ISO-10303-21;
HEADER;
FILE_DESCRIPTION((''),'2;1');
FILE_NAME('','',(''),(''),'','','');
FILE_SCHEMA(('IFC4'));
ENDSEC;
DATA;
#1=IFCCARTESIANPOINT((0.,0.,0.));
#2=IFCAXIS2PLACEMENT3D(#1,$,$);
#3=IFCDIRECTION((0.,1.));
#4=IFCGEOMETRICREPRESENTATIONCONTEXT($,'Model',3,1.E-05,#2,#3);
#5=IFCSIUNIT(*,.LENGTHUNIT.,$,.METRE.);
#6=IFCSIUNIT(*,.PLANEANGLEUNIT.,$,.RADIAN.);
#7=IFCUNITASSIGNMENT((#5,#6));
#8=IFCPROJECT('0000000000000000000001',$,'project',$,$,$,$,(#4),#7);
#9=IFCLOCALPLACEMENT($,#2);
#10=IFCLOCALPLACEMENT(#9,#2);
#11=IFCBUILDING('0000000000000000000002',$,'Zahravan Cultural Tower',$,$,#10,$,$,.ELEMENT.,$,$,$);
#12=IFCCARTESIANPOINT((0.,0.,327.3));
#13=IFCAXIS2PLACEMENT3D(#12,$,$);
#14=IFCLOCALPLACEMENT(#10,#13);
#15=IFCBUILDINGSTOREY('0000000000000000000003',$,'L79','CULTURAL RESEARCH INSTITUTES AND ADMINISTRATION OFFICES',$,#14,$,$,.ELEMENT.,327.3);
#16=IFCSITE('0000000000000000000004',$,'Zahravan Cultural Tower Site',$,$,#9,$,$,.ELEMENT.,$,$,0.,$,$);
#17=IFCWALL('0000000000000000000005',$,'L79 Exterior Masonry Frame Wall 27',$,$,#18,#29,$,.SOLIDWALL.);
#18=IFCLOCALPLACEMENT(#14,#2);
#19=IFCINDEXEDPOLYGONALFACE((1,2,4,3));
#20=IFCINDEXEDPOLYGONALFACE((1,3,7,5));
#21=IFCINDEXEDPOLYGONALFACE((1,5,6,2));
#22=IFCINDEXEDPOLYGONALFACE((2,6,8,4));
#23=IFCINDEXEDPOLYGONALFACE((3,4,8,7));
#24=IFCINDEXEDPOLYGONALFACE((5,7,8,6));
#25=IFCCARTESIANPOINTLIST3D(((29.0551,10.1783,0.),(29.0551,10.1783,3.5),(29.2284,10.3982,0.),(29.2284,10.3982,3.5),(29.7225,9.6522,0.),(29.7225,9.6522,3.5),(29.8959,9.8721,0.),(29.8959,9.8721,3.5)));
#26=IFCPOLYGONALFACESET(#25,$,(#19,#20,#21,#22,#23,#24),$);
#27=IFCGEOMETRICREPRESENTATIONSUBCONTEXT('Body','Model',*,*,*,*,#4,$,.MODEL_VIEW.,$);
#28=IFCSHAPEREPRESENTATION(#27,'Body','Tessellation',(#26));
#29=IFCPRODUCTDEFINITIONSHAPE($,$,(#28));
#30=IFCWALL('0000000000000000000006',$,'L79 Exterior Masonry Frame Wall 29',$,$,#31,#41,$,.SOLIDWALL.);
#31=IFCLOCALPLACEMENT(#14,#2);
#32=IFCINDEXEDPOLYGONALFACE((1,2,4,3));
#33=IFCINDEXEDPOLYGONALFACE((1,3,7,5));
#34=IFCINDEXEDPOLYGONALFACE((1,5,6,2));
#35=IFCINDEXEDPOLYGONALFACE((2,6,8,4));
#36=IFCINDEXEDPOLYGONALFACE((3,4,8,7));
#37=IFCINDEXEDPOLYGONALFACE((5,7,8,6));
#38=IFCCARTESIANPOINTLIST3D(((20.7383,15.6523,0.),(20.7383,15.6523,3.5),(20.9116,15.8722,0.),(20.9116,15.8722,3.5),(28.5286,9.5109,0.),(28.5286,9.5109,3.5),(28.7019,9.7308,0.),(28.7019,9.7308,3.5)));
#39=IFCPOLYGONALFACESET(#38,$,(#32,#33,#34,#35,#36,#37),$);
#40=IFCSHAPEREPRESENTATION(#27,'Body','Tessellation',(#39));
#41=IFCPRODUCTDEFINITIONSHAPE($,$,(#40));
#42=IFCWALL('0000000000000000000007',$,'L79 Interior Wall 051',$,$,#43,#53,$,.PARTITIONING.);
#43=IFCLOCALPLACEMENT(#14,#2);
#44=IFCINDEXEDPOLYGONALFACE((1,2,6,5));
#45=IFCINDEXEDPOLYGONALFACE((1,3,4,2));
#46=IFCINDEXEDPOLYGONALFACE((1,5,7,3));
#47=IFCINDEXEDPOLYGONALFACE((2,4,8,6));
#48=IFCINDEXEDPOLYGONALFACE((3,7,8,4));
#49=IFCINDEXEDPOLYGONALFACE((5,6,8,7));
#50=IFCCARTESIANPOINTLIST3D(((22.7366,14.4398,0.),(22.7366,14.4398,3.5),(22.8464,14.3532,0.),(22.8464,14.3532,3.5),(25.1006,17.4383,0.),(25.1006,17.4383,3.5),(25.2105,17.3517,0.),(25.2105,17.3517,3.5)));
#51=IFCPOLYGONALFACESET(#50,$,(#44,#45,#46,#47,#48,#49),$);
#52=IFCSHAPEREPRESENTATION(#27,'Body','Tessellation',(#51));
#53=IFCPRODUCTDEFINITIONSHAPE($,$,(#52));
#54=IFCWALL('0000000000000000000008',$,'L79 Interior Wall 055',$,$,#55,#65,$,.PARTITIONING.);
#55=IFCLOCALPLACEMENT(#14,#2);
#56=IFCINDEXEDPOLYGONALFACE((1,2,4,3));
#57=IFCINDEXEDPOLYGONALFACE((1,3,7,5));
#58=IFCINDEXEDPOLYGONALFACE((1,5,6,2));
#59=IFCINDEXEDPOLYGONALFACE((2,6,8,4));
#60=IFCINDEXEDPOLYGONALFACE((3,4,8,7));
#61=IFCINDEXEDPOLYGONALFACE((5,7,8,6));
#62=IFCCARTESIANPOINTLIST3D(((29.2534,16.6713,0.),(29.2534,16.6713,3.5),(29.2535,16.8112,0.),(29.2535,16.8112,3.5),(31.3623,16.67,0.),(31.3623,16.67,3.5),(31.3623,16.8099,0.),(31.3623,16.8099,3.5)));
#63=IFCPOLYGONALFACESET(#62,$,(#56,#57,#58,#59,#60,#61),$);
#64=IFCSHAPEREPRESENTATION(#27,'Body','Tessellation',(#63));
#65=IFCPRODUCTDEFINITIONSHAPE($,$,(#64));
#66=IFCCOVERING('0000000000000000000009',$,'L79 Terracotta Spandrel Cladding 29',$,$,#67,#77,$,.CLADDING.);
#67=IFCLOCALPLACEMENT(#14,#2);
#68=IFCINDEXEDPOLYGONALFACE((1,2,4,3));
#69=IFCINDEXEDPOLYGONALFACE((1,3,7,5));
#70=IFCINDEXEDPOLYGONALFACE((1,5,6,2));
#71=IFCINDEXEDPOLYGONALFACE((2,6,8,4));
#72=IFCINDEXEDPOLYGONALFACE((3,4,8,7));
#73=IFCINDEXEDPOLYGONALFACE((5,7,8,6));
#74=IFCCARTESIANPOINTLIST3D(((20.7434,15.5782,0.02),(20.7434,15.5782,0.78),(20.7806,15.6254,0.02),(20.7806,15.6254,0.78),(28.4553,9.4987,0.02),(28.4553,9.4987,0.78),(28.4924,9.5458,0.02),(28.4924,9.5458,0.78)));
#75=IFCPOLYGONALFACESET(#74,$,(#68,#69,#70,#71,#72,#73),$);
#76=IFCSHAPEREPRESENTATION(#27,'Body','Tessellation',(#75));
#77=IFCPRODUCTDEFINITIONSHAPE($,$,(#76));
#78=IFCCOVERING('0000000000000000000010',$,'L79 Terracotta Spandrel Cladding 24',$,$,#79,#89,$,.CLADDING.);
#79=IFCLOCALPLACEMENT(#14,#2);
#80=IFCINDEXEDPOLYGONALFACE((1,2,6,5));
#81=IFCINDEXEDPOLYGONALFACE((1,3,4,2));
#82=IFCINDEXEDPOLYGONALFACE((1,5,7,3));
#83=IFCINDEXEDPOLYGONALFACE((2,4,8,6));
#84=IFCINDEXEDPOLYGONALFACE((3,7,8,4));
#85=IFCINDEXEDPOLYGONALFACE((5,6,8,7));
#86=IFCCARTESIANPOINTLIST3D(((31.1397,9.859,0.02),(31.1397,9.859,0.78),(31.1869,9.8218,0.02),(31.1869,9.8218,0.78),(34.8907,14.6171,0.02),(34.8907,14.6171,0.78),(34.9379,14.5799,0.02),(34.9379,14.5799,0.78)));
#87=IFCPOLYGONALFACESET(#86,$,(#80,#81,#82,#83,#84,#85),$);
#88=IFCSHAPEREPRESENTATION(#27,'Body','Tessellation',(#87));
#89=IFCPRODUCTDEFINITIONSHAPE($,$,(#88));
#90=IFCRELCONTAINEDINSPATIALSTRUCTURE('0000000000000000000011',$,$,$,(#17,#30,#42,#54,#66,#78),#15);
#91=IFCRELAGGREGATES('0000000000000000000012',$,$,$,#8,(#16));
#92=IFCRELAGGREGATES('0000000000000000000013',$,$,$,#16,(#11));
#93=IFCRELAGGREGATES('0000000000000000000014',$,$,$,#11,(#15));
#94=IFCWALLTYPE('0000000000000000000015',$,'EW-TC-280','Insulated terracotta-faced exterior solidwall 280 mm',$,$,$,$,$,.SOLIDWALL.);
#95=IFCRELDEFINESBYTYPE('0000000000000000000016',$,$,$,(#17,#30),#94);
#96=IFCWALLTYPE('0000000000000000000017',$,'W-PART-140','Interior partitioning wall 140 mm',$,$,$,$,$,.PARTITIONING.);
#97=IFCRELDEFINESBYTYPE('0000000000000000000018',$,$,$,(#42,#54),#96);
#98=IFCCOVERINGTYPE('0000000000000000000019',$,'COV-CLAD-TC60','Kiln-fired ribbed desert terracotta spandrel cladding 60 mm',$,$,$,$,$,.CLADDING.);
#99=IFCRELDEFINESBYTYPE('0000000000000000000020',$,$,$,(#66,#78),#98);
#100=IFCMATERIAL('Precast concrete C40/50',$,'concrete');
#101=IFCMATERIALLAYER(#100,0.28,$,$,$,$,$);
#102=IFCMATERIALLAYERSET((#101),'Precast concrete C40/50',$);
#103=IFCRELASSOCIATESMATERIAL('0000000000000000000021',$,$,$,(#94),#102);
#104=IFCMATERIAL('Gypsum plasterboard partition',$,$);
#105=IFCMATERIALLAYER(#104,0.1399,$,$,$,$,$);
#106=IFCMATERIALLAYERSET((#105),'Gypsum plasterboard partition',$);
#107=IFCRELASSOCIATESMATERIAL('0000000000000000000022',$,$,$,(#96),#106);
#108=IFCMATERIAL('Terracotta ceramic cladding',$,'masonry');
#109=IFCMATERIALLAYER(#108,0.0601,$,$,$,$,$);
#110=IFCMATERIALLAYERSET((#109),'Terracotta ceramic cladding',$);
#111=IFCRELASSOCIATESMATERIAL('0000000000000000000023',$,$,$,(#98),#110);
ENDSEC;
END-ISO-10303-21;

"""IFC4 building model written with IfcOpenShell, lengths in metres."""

from ifc_helpers import new_model, si_unit, direction, frame, frame_2d, origin, origin_2d, place, context, subcontext, project, spatial, rectangle, extrude, source, transform, mapped, material, layer, layer_set, type_object, element, save


model = new_model("IFC4")

# Units and contexts
model_context = context("Model", 3, precision=1e-05, world=origin(), true_north=direction((0.0, 1.0)))
body_context = subcontext(model_context, "Body", "Model", "MODEL_VIEW")
ifc_project = project(units=[si_unit("LENGTHUNIT", "METRE"), si_unit("PLANEANGLEUNIT", "RADIAN")], contexts=[model_context])

# Site, building, storey
site_placement = place(None, origin())
site = spatial("IfcSite", under=ifc_project, at=site_placement, Name="Zahravan Cultural Tower Site", CompositionType="ELEMENT", RefElevation=0.0)
building_placement = place(site_placement, origin())
building = spatial("IfcBuilding", under=site, at=building_placement, Name="Zahravan Cultural Tower", CompositionType="ELEMENT")
storey_placement = place(building_placement, frame((0.0, 0.0, 327.3)))
storey = spatial("IfcBuildingStorey", under=building, at=storey_placement, Name="L79", Description="CULTURAL RESEARCH INSTITUTES AND ADMINISTRATION OFFICES", CompositionType="ELEMENT", Elevation=327.3)

# Shared definitions
ifc_material_1 = material(Name="Precast concrete C40/50", Category="concrete")
ifc_layer_1 = layer(ifc_material_1, 0.28)
ifc_layer_set_1 = layer_set([ifc_layer_1], Name="Precast concrete C40/50")
wall_type_1 = type_object("IfcWallType", Name="EW-TC-280", Description="Insulated terracotta-faced exterior solidwall 280 mm", PredefinedType="SOLIDWALL", material=ifc_layer_set_1)

# Shared definitions
ifc_material_2 = material(Name="Gypsum plasterboard partition")
ifc_layer_2 = layer(ifc_material_2, 0.1399)
ifc_layer_set_2 = layer_set([ifc_layer_2], Name="Gypsum plasterboard partition")
wall_type_2 = type_object("IfcWallType", Name="W-PART-140", Description="Interior partitioning wall 140 mm", PredefinedType="PARTITIONING", material=ifc_layer_set_2)

# Walls
shared_shape_1 = source(origin(), body_context, "Body", "SweptSolid", [
    extrude(rectangle(XDim=0.8499, YDim=0.28, at=frame_2d((0.4248, 0.0))), origin(), (0.0, 0.0, 1.0), 3.5),
])
for number, where, z_axis, x_axis, name in (
    (1, (29.8091, 9.7622, 0.0), (0.0, 0.0, 1.0), (-0.78536, 0.619039, 0.0), "L79 Exterior Masonry Frame Wall 27"),
):
    element("IfcWall", number, at=place(storey_placement, frame(where, z_axis=z_axis, x_axis=x_axis)), inside=storey, type_object=wall_type_1, Name=name, PredefinedType="SOLIDWALL", context=body_context, shape_type="MappedRepresentation", body=[
        mapped(shared_shape_1, transform((0.0, 0.0, 0.0), x_axis=(1.0, 0.0, 0.0), y_axis=(0.0, 1.0, 0.0), z_axis=(0.0, 0.0, 1.0), scale=1.0)),
    ])
shared_shape_2 = source(origin(), body_context, "Body", "SweptSolid", [
    extrude(rectangle(XDim=9.9199, YDim=0.28, at=frame_2d((4.96, 0.0))), origin(), (0.0, 0.0, 1.0), 3.5),
])
wall_1_placement = place(storey_placement, frame((28.6152, 9.6208, 0.0), z_axis=(0.0, 0.0, 1.0), x_axis=(-0.785317, 0.619094, 0.0)))
element("IfcWall", 2, at=wall_1_placement, inside=storey, type_object=wall_type_1, Name="L79 Exterior Masonry Frame Wall 29", PredefinedType="SOLIDWALL", context=body_context, shape_type="MappedRepresentation", body=[
    mapped(shared_shape_2, transform((0.0, 0.0, 0.0), x_axis=(1.0, 0.0, 0.0), y_axis=(0.0, 1.0, 0.0), z_axis=(0.0, 0.0, 1.0), scale=1.0)),
])
shared_shape_3 = source(origin(), body_context, "Body", "SweptSolid", [
    extrude(rectangle(XDim=3.8184, YDim=0.1399, at=frame_2d((1.9092, 0.0))), origin(), (0.0, 0.0, 1.0), 3.5),
])
wall_2_placement = place(storey_placement, frame((22.7915, 14.3965, 0.0), z_axis=(0.0, 0.0, 1.0), x_axis=(0.61912, 0.785297, 0.0)))
element("IfcWall", 3, at=wall_2_placement, inside=storey, type_object=wall_type_2, Name="L79 Interior Wall 051", PredefinedType="PARTITIONING", context=body_context, shape_type="MappedRepresentation", body=[
    mapped(shared_shape_3, transform((0.0, 0.0, 0.0), x_axis=(1.0, 0.0, 0.0), y_axis=(0.0, 1.0, 0.0), z_axis=(0.0, 0.0, 1.0), scale=1.0)),
])
shared_shape_4 = source(origin(), body_context, "Body", "SweptSolid", [
    extrude(rectangle(XDim=2.1089, YDim=0.1399, at=frame_2d((1.0544, 0.0))), origin(), (0.0, 0.0, 1.0), 3.5),
])
wall_3_placement = place(storey_placement, frame((29.2534, 16.7412, 0.0), z_axis=(0.0, 0.0, 1.0), x_axis=(1.0, -0.000579, 0.0)))
element("IfcWall", 4, at=wall_3_placement, inside=storey, type_object=wall_type_2, Name="L79 Interior Wall 055", PredefinedType="PARTITIONING", context=body_context, shape_type="MappedRepresentation", body=[
    mapped(shared_shape_4, transform((0.0, 0.0, 0.0), x_axis=(1.0, 0.0, 0.0), y_axis=(0.0, 1.0, 0.0), z_axis=(0.0, 0.0, 1.0), scale=1.0)),
])

# Coverings
ifc_material_3 = material(Name="Terracotta ceramic cladding", Category="masonry")
ifc_layer_3 = layer(ifc_material_3, 0.0601)
ifc_layer_set_3 = layer_set([ifc_layer_3], Name="Terracotta ceramic cladding")
covering_type = type_object("IfcCoveringType", Name="COV-CLAD-TC60", Description="Kiln-fired ribbed desert terracotta spandrel cladding 60 mm", PredefinedType="CLADDING", material=ifc_layer_set_3)
shared_shape_5 = source(origin(), body_context, "Body", "SweptSolid", [
    extrude(rectangle(XDim=9.8201, YDim=0.0601, at=origin_2d()), origin(), (0.0, 0.0, 1.0), 0.76),
])
covering_1_placement = place(storey_placement, frame((24.6179, 12.562, 0.02), z_axis=(0.0, 0.0, 1.0), x_axis=(-0.785317, 0.619094, 0.0)))
element("IfcCovering", 5, at=covering_1_placement, inside=storey, type_object=covering_type, Name="L79 Terracotta Spandrel Cladding 29", PredefinedType="CLADDING", context=body_context, shape_type="MappedRepresentation", body=[
    mapped(shared_shape_5, transform((0.0, 0.0, 0.0), x_axis=(1.0, 0.0, 0.0), y_axis=(0.0, 1.0, 0.0), z_axis=(0.0, 0.0, 1.0), scale=1.0)),
])
shared_shape_6 = source(origin(), body_context, "Body", "SweptSolid", [
    extrude(rectangle(XDim=6.0588, YDim=0.0601, at=origin_2d()), origin(), (0.0, 0.0, 1.0), 0.76),
])
covering_2_placement = place(storey_placement, frame((33.0388, 12.2195, 0.02), z_axis=(0.0, 0.0, 1.0), x_axis=(-0.619094, -0.785317, 0.0)))
element("IfcCovering", 6, at=covering_2_placement, inside=storey, type_object=covering_type, Name="L79 Terracotta Spandrel Cladding 24", PredefinedType="CLADDING", context=body_context, shape_type="MappedRepresentation", body=[
    mapped(shared_shape_6, transform((0.0, 0.0, 0.0), x_axis=(1.0, 0.0, 0.0), y_axis=(0.0, 1.0, 0.0), z_axis=(0.0, 0.0, 1.0), scale=1.0)),
])

save(model, "model.ifc")
